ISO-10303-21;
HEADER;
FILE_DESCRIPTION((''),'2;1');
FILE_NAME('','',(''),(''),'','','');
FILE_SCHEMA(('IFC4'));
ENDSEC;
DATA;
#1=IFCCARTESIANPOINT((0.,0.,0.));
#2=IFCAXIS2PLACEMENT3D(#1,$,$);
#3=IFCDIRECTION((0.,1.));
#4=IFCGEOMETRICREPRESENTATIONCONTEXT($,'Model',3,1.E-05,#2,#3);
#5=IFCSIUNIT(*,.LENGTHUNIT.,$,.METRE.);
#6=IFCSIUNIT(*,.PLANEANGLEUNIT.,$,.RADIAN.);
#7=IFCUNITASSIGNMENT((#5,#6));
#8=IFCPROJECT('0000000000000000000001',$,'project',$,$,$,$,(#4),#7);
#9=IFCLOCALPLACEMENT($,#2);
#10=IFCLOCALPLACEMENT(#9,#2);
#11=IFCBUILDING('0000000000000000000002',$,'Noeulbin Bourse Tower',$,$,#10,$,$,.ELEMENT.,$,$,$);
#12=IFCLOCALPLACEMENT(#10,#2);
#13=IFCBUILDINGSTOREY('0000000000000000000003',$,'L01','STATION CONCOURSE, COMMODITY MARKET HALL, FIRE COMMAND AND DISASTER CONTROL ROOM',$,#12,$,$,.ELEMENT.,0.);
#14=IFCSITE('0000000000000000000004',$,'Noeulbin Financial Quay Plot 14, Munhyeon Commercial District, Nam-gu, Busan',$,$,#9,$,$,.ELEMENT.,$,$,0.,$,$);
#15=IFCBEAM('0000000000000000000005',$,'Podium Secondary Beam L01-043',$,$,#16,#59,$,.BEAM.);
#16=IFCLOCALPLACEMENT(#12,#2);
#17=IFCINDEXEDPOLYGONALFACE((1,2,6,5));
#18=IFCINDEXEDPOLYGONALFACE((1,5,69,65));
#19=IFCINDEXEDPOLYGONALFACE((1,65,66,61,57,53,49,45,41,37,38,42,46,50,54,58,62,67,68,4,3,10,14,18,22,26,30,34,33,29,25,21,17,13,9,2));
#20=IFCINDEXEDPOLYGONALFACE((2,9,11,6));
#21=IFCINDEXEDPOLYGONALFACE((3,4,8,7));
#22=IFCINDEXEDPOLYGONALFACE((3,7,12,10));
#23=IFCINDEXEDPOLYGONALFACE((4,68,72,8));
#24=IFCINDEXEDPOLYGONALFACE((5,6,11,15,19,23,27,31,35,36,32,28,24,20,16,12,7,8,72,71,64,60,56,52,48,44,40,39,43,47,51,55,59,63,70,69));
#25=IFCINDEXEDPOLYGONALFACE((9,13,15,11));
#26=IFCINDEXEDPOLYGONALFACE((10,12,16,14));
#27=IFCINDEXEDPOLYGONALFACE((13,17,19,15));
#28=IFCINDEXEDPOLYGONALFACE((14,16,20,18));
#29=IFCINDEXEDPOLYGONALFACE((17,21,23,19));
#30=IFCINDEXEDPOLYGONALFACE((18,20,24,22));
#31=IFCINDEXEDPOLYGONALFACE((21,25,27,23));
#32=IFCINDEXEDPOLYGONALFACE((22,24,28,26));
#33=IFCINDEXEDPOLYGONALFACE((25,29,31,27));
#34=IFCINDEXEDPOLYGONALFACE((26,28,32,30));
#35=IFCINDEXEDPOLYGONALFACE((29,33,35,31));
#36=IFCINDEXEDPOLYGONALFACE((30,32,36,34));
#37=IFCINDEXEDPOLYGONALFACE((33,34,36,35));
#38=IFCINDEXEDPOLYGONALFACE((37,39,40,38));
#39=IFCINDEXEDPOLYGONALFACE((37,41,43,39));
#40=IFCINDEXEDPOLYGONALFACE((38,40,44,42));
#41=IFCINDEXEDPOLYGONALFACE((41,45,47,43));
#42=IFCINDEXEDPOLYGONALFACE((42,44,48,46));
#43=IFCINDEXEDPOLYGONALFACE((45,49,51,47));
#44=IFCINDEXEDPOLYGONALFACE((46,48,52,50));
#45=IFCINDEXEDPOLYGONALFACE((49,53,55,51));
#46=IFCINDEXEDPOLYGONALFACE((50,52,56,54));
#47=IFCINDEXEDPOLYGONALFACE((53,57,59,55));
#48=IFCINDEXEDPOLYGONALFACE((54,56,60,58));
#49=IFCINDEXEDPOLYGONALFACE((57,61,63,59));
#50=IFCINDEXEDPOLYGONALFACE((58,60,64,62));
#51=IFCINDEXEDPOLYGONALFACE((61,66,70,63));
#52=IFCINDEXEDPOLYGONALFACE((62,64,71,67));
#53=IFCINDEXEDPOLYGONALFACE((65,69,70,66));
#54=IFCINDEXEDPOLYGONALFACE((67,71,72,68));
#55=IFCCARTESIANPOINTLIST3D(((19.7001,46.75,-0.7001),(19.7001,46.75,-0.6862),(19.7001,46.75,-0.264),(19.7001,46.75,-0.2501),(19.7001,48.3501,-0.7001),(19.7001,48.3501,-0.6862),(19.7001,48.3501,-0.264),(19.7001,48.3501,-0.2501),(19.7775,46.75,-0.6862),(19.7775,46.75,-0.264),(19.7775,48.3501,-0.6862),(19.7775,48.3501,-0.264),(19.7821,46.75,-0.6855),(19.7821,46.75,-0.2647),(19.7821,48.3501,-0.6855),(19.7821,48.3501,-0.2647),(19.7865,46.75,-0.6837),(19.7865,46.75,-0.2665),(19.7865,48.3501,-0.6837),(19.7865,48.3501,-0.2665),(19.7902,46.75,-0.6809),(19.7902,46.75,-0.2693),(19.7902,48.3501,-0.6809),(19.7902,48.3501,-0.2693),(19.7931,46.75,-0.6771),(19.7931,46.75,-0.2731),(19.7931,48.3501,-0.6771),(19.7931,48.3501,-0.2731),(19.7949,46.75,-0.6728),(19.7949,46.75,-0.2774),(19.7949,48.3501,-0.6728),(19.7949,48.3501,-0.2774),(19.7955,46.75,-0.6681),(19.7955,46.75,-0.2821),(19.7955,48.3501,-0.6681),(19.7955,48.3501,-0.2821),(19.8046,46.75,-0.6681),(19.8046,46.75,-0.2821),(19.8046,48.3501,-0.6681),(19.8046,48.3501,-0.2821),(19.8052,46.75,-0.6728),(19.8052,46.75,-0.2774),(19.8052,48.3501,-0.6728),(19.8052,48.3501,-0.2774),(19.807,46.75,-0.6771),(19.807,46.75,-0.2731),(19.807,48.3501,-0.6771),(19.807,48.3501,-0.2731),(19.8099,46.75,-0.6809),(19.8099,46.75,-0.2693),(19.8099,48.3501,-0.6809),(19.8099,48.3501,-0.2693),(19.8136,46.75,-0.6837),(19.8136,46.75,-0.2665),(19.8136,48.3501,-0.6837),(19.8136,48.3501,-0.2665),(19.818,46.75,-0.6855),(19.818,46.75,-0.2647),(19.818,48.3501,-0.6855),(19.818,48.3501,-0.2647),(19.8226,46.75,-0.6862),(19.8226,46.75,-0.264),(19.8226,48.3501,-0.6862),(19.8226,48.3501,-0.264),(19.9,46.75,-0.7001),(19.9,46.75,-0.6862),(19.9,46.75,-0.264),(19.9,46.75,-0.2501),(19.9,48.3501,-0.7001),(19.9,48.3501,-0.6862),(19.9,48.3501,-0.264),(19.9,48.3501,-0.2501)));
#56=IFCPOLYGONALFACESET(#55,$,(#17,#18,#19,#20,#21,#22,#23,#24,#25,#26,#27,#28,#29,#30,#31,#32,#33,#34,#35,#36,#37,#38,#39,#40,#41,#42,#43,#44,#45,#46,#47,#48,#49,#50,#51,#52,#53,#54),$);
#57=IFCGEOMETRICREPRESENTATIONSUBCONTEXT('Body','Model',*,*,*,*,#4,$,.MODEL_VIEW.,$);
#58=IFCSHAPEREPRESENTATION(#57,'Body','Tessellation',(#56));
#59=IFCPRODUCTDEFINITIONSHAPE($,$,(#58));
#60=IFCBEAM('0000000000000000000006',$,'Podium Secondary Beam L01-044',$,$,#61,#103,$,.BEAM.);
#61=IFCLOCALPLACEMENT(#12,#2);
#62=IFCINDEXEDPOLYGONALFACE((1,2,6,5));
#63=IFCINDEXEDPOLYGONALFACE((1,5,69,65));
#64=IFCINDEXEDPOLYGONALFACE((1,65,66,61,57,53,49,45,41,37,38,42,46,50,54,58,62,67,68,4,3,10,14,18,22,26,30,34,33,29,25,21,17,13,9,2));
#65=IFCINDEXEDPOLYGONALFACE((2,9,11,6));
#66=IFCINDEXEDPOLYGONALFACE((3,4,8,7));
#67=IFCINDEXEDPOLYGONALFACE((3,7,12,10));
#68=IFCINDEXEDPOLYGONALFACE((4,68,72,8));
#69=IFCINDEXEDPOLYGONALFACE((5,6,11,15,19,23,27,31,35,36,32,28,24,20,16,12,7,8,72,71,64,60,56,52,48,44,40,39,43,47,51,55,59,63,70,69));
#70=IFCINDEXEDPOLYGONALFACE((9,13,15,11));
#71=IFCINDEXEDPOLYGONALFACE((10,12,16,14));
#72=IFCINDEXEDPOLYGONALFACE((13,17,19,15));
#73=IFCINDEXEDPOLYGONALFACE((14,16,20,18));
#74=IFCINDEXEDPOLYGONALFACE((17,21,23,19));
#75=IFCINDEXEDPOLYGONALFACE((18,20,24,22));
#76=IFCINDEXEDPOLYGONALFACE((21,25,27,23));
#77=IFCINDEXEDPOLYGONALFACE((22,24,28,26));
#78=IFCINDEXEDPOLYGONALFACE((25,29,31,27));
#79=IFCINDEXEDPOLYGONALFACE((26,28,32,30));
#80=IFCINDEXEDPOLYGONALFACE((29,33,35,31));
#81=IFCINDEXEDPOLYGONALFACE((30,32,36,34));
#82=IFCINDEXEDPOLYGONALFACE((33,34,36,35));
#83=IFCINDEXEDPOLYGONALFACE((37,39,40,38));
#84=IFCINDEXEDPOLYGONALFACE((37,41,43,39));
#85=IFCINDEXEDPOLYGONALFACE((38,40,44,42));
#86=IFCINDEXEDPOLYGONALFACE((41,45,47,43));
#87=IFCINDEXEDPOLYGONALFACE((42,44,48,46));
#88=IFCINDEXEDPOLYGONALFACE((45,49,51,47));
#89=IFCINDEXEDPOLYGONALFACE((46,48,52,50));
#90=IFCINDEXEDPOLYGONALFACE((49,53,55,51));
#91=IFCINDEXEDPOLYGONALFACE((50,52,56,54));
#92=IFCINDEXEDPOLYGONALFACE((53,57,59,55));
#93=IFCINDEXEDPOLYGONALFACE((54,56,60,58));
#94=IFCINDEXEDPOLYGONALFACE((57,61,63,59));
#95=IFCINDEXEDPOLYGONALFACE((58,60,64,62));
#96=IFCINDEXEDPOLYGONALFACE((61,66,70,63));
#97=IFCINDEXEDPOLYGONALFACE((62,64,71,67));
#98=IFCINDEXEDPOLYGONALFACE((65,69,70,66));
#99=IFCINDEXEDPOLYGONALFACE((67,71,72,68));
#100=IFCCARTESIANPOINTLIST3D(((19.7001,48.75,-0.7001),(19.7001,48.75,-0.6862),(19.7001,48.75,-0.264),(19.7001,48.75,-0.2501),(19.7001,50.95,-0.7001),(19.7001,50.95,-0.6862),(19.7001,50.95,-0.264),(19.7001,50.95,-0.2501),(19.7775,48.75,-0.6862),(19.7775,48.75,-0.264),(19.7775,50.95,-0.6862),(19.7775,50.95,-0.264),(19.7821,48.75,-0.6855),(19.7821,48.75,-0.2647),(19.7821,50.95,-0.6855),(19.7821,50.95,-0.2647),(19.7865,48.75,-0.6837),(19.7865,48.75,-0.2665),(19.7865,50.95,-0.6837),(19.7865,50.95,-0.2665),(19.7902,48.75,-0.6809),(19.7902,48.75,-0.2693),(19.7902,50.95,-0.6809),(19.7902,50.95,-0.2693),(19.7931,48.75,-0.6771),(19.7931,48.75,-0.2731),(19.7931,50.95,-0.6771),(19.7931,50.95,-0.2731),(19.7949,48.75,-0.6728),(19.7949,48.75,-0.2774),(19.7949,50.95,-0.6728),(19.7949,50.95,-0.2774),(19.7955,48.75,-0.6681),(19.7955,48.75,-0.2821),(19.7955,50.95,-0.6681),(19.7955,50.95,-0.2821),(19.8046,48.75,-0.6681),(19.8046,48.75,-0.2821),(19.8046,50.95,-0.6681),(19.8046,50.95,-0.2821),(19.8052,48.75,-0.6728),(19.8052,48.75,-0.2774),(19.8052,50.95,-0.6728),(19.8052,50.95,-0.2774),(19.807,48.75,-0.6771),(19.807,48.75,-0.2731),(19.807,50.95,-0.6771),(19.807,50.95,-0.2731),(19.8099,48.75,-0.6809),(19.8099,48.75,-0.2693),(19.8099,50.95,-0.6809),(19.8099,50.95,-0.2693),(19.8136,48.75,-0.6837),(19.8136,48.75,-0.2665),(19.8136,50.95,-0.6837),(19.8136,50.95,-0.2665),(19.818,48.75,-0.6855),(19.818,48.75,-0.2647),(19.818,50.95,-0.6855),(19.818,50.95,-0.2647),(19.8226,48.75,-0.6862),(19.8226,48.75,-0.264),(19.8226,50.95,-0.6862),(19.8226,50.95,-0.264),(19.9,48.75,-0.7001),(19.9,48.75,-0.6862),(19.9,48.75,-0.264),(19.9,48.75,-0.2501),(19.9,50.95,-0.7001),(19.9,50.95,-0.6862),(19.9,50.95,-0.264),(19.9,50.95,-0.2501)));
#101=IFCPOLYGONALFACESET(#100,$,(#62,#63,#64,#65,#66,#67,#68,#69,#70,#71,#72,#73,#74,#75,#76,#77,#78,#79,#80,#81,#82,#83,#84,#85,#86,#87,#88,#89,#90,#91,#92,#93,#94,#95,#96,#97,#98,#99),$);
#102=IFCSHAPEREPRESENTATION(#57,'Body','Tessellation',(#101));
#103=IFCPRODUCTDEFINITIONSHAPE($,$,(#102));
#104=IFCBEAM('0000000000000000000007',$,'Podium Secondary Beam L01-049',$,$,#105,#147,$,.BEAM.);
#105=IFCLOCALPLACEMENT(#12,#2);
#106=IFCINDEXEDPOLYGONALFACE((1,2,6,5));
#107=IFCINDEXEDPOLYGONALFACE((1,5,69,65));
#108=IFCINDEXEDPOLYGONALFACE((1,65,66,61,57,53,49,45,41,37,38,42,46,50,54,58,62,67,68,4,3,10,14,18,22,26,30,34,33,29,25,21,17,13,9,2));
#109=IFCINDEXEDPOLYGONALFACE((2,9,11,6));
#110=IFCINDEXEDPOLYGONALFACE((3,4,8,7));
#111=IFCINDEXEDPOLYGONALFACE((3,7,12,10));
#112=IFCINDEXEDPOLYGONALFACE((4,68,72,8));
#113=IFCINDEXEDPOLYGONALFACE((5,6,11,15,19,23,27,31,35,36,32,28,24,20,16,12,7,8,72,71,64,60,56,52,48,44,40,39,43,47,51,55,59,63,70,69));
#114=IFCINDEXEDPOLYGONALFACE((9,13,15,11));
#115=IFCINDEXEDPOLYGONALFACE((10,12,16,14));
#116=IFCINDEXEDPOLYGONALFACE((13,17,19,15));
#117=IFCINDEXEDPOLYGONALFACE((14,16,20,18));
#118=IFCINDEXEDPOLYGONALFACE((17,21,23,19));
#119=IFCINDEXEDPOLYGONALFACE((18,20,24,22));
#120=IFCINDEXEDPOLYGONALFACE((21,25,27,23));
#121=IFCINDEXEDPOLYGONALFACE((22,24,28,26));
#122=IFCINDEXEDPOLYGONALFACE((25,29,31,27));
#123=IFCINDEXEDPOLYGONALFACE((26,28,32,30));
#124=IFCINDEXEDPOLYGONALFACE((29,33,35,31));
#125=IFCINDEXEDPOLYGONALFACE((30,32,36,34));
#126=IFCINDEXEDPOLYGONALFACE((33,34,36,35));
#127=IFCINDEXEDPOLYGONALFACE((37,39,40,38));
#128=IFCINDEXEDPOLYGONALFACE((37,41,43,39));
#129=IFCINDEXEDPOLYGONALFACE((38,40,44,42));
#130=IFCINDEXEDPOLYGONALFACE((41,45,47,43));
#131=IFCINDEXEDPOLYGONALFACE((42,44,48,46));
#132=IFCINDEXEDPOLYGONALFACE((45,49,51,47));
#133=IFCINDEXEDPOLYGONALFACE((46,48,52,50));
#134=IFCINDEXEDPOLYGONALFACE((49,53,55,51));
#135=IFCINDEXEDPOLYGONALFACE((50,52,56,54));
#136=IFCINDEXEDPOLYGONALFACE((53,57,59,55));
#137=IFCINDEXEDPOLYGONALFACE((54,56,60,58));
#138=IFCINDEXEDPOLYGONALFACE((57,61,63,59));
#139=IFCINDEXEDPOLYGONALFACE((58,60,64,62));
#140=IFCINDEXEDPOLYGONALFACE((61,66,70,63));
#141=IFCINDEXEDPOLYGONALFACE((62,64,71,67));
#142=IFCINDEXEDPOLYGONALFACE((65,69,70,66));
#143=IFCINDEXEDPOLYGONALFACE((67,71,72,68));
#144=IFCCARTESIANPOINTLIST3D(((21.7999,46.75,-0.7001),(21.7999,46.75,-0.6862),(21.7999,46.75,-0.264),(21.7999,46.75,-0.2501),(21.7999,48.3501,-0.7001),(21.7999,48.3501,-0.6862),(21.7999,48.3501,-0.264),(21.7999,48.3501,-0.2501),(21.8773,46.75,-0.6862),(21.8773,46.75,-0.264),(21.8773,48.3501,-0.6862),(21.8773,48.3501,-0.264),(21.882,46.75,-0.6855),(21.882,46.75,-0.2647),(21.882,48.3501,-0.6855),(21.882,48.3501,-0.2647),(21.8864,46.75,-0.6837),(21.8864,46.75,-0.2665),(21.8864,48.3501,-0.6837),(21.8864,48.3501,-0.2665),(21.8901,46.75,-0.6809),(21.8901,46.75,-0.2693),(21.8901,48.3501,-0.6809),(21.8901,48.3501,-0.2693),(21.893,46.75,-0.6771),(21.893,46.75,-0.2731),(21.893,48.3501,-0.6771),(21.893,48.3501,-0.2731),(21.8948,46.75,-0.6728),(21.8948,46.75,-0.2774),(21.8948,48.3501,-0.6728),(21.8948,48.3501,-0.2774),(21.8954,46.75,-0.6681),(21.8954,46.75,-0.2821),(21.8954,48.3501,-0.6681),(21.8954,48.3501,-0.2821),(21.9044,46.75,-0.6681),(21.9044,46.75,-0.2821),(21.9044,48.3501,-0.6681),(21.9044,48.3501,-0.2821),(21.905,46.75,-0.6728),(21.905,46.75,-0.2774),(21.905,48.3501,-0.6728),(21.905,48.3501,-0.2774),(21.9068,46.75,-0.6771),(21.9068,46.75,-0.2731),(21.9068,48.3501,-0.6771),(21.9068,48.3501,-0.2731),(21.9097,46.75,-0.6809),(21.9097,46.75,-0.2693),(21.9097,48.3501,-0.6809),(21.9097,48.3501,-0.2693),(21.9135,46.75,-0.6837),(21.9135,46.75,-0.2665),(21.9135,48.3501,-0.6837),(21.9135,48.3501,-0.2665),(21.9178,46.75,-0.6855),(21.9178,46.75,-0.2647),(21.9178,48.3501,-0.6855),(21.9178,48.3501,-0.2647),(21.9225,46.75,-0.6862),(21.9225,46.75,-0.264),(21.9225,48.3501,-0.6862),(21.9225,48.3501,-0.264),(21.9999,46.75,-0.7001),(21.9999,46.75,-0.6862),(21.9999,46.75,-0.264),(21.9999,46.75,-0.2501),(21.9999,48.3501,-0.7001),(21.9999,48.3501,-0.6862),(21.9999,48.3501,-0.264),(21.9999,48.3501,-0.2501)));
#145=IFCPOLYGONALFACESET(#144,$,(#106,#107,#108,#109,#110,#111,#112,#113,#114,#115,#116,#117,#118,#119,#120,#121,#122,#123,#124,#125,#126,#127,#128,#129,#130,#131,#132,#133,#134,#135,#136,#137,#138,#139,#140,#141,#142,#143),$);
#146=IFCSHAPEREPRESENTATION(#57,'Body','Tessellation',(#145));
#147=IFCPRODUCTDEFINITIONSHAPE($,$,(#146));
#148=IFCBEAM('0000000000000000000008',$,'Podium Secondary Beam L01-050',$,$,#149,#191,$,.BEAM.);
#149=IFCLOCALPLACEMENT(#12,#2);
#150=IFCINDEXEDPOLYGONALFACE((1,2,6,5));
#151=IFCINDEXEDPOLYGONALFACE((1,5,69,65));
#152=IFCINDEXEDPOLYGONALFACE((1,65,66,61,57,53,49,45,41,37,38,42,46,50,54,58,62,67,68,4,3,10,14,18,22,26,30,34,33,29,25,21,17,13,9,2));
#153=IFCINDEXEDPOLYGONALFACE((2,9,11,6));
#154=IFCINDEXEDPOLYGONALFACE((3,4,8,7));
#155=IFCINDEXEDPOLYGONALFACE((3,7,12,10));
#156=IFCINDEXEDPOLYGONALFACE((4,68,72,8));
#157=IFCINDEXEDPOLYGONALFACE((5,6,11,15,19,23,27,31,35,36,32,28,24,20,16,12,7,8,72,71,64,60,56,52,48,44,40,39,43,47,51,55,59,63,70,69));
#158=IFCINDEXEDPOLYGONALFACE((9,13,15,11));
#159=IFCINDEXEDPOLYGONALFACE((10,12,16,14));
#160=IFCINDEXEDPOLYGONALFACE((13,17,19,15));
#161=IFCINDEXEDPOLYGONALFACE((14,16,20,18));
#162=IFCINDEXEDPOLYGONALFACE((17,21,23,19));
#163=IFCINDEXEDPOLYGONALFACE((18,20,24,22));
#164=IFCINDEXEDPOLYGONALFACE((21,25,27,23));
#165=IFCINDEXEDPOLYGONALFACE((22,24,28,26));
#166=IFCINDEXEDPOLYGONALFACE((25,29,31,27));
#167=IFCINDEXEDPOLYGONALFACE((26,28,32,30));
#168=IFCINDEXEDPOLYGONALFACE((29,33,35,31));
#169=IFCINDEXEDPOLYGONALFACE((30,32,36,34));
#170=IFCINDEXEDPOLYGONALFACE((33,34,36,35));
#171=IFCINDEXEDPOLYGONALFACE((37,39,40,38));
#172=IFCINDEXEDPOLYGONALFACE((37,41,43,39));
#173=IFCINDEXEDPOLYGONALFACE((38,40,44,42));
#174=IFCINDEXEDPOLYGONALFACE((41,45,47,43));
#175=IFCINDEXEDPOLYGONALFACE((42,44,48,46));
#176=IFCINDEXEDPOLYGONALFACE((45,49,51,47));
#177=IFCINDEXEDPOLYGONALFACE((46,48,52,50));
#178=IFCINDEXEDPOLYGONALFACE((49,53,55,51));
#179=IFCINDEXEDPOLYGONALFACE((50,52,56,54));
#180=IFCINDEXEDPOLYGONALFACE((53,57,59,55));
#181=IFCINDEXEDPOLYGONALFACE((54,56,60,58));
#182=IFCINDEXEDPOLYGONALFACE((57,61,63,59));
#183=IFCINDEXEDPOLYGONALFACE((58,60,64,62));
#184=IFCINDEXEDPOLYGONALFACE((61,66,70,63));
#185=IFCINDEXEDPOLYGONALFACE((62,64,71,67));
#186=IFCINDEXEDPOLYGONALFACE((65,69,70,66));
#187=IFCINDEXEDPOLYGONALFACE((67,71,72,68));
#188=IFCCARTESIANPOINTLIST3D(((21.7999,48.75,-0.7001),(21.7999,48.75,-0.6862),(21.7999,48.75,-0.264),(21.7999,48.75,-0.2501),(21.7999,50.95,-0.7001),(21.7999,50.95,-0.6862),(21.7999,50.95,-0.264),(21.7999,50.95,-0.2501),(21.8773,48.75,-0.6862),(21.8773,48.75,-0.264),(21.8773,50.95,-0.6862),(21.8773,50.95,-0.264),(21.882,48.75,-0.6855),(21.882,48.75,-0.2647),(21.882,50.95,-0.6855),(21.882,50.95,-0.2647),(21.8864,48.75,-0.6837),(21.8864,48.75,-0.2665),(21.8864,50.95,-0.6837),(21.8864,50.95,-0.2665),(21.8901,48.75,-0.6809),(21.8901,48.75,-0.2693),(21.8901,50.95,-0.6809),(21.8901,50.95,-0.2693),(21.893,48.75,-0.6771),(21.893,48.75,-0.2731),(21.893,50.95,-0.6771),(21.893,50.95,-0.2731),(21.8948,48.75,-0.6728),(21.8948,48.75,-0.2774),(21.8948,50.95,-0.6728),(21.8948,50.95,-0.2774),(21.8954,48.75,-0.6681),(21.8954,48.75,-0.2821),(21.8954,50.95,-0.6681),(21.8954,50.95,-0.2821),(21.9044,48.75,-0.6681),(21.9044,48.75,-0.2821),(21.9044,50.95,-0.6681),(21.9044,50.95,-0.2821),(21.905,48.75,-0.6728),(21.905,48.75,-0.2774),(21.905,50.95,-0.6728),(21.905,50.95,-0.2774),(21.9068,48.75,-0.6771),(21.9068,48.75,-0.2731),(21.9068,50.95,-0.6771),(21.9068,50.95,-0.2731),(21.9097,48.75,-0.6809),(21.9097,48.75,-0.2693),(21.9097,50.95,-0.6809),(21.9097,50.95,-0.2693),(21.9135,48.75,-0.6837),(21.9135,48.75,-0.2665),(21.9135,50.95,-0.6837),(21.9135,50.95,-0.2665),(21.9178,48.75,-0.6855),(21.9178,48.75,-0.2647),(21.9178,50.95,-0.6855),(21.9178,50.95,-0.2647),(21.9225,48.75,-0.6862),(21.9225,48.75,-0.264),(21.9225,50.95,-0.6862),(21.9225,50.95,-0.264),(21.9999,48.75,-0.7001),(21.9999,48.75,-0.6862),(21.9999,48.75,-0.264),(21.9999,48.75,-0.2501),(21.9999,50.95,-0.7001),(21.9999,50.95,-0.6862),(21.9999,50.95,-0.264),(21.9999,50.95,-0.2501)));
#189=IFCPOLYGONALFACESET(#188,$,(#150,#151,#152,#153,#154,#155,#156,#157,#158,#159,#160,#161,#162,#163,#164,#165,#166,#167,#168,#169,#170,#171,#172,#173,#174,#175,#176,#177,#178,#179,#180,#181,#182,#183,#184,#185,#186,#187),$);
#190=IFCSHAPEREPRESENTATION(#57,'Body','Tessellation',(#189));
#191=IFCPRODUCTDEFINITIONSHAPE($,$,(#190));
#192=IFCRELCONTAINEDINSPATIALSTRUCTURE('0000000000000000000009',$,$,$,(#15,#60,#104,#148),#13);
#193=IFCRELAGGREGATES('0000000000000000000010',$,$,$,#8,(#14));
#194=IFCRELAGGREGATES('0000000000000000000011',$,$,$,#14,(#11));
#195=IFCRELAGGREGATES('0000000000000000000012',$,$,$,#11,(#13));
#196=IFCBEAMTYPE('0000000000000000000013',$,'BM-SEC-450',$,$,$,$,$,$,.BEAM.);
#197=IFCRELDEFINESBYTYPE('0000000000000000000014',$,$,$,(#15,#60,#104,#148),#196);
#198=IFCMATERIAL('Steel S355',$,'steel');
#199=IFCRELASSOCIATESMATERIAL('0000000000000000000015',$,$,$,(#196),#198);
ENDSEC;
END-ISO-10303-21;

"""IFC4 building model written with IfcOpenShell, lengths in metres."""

from ifc_helpers import new_model, si_unit, direction, frame, origin, origin_2d, place, context, subcontext, project, spatial, i_section, extrude, material, material_profile, profile_set, type_object, element, save


model = new_model("IFC4")

# Units and contexts
model_context = context("Model", 3, precision=1e-05, world=origin(), true_north=direction((0.0, 1.0)))
body_context = subcontext(model_context, "Body", "Model", "MODEL_VIEW")
ifc_project = project(units=[si_unit("LENGTHUNIT", "METRE"), si_unit("PLANEANGLEUNIT", "RADIAN")], contexts=[model_context])

# Site, building, storey
site_placement = place(None, origin())
site = spatial("IfcSite", under=ifc_project, at=site_placement, Name="Noeulbin Financial Quay Plot 14, Munhyeon Commercial District, Nam-gu, Busan", CompositionType="ELEMENT", RefElevation=0.0)
building_placement = place(site_placement, origin())
building = spatial("IfcBuilding", under=site, at=building_placement, Name="Noeulbin Bourse Tower", CompositionType="ELEMENT")
storey_placement = place(building_placement, origin())
storey = spatial("IfcBuildingStorey", under=building, at=storey_placement, Name="L01", Description="STATION CONCOURSE, COMMODITY MARKET HALL, FIRE COMMAND AND DISASTER CONTROL ROOM", CompositionType="ELEMENT", Elevation=0.0)

# Beams
ifc_material_1 = material(Name="Steel S355", Category="steel")
ifc_material_profile_1 = material_profile(ifc_material_1, i_section(OverallWidth=0.2, OverallDepth=0.45, WebThickness=0.009, FlangeThickness=0.0139, FilletRadius=0.0181, at=origin_2d()), Name="H-450x200x9x14", Category="LoadBearing")
ifc_profile_set_1 = profile_set([ifc_material_profile_1], Name="Steel S355")
beam_type_1 = type_object("IfcBeamType", Name="BM-SEC-450", PredefinedType="BEAM", material=ifc_profile_set_1)
beam_1_placement = place(storey_placement, frame((19.8, 46.75, -0.4751), z_axis=(0.0, 1.0, 0.0), x_axis=(-1.0, 0.0, 0.0)))
element("IfcBeam", 1, at=beam_1_placement, inside=storey, type_object=beam_type_1, Name="Podium Secondary Beam L01-043", PredefinedType="BEAM", context=body_context, shape_type="SweptSolid", body=[
    extrude(i_section(OverallWidth=0.2, OverallDepth=0.45, WebThickness=0.009, FlangeThickness=0.0139, FilletRadius=0.0181, at=origin_2d()), origin(), (0.0, 0.0, 1.0), 1.6001),
])
beam_2_placement = place(storey_placement, frame((19.8, 48.75, -0.4751), z_axis=(0.0, 1.0, 0.0), x_axis=(-1.0, 0.0, 0.0)))
element("IfcBeam", 2, at=beam_2_placement, inside=storey, type_object=beam_type_1, Name="Podium Secondary Beam L01-044", PredefinedType="BEAM", context=body_context, shape_type="SweptSolid", body=[
    extrude(i_section(OverallWidth=0.2, OverallDepth=0.45, WebThickness=0.009, FlangeThickness=0.0139, FilletRadius=0.0181, at=origin_2d()), origin(), (0.0, 0.0, 1.0), 2.2),
])
beam_3_placement = place(storey_placement, frame((21.8999, 46.75, -0.4751), z_axis=(0.0, 1.0, 0.0), x_axis=(-1.0, 0.0, 0.0)))
element("IfcBeam", 3, at=beam_3_placement, inside=storey, type_object=beam_type_1, Name="Podium Secondary Beam L01-049", PredefinedType="BEAM", context=body_context, shape_type="SweptSolid", body=[
    extrude(i_section(OverallWidth=0.2, OverallDepth=0.45, WebThickness=0.009, FlangeThickness=0.0139, FilletRadius=0.0181, at=origin_2d()), origin(), (0.0, 0.0, 1.0), 1.6001),
])
beam_4_placement = place(storey_placement, frame((21.8999, 48.75, -0.4751), z_axis=(0.0, 1.0, 0.0), x_axis=(-1.0, 0.0, 0.0)))
element("IfcBeam", 4, at=beam_4_placement, inside=storey, type_object=beam_type_1, Name="Podium Secondary Beam L01-050", PredefinedType="BEAM", context=body_context, shape_type="SweptSolid", body=[
    extrude(i_section(OverallWidth=0.2, OverallDepth=0.45, WebThickness=0.009, FlangeThickness=0.0139, FilletRadius=0.0181, at=origin_2d()), origin(), (0.0, 0.0, 1.0), 2.2),
])

save(model, "model.ifc")
